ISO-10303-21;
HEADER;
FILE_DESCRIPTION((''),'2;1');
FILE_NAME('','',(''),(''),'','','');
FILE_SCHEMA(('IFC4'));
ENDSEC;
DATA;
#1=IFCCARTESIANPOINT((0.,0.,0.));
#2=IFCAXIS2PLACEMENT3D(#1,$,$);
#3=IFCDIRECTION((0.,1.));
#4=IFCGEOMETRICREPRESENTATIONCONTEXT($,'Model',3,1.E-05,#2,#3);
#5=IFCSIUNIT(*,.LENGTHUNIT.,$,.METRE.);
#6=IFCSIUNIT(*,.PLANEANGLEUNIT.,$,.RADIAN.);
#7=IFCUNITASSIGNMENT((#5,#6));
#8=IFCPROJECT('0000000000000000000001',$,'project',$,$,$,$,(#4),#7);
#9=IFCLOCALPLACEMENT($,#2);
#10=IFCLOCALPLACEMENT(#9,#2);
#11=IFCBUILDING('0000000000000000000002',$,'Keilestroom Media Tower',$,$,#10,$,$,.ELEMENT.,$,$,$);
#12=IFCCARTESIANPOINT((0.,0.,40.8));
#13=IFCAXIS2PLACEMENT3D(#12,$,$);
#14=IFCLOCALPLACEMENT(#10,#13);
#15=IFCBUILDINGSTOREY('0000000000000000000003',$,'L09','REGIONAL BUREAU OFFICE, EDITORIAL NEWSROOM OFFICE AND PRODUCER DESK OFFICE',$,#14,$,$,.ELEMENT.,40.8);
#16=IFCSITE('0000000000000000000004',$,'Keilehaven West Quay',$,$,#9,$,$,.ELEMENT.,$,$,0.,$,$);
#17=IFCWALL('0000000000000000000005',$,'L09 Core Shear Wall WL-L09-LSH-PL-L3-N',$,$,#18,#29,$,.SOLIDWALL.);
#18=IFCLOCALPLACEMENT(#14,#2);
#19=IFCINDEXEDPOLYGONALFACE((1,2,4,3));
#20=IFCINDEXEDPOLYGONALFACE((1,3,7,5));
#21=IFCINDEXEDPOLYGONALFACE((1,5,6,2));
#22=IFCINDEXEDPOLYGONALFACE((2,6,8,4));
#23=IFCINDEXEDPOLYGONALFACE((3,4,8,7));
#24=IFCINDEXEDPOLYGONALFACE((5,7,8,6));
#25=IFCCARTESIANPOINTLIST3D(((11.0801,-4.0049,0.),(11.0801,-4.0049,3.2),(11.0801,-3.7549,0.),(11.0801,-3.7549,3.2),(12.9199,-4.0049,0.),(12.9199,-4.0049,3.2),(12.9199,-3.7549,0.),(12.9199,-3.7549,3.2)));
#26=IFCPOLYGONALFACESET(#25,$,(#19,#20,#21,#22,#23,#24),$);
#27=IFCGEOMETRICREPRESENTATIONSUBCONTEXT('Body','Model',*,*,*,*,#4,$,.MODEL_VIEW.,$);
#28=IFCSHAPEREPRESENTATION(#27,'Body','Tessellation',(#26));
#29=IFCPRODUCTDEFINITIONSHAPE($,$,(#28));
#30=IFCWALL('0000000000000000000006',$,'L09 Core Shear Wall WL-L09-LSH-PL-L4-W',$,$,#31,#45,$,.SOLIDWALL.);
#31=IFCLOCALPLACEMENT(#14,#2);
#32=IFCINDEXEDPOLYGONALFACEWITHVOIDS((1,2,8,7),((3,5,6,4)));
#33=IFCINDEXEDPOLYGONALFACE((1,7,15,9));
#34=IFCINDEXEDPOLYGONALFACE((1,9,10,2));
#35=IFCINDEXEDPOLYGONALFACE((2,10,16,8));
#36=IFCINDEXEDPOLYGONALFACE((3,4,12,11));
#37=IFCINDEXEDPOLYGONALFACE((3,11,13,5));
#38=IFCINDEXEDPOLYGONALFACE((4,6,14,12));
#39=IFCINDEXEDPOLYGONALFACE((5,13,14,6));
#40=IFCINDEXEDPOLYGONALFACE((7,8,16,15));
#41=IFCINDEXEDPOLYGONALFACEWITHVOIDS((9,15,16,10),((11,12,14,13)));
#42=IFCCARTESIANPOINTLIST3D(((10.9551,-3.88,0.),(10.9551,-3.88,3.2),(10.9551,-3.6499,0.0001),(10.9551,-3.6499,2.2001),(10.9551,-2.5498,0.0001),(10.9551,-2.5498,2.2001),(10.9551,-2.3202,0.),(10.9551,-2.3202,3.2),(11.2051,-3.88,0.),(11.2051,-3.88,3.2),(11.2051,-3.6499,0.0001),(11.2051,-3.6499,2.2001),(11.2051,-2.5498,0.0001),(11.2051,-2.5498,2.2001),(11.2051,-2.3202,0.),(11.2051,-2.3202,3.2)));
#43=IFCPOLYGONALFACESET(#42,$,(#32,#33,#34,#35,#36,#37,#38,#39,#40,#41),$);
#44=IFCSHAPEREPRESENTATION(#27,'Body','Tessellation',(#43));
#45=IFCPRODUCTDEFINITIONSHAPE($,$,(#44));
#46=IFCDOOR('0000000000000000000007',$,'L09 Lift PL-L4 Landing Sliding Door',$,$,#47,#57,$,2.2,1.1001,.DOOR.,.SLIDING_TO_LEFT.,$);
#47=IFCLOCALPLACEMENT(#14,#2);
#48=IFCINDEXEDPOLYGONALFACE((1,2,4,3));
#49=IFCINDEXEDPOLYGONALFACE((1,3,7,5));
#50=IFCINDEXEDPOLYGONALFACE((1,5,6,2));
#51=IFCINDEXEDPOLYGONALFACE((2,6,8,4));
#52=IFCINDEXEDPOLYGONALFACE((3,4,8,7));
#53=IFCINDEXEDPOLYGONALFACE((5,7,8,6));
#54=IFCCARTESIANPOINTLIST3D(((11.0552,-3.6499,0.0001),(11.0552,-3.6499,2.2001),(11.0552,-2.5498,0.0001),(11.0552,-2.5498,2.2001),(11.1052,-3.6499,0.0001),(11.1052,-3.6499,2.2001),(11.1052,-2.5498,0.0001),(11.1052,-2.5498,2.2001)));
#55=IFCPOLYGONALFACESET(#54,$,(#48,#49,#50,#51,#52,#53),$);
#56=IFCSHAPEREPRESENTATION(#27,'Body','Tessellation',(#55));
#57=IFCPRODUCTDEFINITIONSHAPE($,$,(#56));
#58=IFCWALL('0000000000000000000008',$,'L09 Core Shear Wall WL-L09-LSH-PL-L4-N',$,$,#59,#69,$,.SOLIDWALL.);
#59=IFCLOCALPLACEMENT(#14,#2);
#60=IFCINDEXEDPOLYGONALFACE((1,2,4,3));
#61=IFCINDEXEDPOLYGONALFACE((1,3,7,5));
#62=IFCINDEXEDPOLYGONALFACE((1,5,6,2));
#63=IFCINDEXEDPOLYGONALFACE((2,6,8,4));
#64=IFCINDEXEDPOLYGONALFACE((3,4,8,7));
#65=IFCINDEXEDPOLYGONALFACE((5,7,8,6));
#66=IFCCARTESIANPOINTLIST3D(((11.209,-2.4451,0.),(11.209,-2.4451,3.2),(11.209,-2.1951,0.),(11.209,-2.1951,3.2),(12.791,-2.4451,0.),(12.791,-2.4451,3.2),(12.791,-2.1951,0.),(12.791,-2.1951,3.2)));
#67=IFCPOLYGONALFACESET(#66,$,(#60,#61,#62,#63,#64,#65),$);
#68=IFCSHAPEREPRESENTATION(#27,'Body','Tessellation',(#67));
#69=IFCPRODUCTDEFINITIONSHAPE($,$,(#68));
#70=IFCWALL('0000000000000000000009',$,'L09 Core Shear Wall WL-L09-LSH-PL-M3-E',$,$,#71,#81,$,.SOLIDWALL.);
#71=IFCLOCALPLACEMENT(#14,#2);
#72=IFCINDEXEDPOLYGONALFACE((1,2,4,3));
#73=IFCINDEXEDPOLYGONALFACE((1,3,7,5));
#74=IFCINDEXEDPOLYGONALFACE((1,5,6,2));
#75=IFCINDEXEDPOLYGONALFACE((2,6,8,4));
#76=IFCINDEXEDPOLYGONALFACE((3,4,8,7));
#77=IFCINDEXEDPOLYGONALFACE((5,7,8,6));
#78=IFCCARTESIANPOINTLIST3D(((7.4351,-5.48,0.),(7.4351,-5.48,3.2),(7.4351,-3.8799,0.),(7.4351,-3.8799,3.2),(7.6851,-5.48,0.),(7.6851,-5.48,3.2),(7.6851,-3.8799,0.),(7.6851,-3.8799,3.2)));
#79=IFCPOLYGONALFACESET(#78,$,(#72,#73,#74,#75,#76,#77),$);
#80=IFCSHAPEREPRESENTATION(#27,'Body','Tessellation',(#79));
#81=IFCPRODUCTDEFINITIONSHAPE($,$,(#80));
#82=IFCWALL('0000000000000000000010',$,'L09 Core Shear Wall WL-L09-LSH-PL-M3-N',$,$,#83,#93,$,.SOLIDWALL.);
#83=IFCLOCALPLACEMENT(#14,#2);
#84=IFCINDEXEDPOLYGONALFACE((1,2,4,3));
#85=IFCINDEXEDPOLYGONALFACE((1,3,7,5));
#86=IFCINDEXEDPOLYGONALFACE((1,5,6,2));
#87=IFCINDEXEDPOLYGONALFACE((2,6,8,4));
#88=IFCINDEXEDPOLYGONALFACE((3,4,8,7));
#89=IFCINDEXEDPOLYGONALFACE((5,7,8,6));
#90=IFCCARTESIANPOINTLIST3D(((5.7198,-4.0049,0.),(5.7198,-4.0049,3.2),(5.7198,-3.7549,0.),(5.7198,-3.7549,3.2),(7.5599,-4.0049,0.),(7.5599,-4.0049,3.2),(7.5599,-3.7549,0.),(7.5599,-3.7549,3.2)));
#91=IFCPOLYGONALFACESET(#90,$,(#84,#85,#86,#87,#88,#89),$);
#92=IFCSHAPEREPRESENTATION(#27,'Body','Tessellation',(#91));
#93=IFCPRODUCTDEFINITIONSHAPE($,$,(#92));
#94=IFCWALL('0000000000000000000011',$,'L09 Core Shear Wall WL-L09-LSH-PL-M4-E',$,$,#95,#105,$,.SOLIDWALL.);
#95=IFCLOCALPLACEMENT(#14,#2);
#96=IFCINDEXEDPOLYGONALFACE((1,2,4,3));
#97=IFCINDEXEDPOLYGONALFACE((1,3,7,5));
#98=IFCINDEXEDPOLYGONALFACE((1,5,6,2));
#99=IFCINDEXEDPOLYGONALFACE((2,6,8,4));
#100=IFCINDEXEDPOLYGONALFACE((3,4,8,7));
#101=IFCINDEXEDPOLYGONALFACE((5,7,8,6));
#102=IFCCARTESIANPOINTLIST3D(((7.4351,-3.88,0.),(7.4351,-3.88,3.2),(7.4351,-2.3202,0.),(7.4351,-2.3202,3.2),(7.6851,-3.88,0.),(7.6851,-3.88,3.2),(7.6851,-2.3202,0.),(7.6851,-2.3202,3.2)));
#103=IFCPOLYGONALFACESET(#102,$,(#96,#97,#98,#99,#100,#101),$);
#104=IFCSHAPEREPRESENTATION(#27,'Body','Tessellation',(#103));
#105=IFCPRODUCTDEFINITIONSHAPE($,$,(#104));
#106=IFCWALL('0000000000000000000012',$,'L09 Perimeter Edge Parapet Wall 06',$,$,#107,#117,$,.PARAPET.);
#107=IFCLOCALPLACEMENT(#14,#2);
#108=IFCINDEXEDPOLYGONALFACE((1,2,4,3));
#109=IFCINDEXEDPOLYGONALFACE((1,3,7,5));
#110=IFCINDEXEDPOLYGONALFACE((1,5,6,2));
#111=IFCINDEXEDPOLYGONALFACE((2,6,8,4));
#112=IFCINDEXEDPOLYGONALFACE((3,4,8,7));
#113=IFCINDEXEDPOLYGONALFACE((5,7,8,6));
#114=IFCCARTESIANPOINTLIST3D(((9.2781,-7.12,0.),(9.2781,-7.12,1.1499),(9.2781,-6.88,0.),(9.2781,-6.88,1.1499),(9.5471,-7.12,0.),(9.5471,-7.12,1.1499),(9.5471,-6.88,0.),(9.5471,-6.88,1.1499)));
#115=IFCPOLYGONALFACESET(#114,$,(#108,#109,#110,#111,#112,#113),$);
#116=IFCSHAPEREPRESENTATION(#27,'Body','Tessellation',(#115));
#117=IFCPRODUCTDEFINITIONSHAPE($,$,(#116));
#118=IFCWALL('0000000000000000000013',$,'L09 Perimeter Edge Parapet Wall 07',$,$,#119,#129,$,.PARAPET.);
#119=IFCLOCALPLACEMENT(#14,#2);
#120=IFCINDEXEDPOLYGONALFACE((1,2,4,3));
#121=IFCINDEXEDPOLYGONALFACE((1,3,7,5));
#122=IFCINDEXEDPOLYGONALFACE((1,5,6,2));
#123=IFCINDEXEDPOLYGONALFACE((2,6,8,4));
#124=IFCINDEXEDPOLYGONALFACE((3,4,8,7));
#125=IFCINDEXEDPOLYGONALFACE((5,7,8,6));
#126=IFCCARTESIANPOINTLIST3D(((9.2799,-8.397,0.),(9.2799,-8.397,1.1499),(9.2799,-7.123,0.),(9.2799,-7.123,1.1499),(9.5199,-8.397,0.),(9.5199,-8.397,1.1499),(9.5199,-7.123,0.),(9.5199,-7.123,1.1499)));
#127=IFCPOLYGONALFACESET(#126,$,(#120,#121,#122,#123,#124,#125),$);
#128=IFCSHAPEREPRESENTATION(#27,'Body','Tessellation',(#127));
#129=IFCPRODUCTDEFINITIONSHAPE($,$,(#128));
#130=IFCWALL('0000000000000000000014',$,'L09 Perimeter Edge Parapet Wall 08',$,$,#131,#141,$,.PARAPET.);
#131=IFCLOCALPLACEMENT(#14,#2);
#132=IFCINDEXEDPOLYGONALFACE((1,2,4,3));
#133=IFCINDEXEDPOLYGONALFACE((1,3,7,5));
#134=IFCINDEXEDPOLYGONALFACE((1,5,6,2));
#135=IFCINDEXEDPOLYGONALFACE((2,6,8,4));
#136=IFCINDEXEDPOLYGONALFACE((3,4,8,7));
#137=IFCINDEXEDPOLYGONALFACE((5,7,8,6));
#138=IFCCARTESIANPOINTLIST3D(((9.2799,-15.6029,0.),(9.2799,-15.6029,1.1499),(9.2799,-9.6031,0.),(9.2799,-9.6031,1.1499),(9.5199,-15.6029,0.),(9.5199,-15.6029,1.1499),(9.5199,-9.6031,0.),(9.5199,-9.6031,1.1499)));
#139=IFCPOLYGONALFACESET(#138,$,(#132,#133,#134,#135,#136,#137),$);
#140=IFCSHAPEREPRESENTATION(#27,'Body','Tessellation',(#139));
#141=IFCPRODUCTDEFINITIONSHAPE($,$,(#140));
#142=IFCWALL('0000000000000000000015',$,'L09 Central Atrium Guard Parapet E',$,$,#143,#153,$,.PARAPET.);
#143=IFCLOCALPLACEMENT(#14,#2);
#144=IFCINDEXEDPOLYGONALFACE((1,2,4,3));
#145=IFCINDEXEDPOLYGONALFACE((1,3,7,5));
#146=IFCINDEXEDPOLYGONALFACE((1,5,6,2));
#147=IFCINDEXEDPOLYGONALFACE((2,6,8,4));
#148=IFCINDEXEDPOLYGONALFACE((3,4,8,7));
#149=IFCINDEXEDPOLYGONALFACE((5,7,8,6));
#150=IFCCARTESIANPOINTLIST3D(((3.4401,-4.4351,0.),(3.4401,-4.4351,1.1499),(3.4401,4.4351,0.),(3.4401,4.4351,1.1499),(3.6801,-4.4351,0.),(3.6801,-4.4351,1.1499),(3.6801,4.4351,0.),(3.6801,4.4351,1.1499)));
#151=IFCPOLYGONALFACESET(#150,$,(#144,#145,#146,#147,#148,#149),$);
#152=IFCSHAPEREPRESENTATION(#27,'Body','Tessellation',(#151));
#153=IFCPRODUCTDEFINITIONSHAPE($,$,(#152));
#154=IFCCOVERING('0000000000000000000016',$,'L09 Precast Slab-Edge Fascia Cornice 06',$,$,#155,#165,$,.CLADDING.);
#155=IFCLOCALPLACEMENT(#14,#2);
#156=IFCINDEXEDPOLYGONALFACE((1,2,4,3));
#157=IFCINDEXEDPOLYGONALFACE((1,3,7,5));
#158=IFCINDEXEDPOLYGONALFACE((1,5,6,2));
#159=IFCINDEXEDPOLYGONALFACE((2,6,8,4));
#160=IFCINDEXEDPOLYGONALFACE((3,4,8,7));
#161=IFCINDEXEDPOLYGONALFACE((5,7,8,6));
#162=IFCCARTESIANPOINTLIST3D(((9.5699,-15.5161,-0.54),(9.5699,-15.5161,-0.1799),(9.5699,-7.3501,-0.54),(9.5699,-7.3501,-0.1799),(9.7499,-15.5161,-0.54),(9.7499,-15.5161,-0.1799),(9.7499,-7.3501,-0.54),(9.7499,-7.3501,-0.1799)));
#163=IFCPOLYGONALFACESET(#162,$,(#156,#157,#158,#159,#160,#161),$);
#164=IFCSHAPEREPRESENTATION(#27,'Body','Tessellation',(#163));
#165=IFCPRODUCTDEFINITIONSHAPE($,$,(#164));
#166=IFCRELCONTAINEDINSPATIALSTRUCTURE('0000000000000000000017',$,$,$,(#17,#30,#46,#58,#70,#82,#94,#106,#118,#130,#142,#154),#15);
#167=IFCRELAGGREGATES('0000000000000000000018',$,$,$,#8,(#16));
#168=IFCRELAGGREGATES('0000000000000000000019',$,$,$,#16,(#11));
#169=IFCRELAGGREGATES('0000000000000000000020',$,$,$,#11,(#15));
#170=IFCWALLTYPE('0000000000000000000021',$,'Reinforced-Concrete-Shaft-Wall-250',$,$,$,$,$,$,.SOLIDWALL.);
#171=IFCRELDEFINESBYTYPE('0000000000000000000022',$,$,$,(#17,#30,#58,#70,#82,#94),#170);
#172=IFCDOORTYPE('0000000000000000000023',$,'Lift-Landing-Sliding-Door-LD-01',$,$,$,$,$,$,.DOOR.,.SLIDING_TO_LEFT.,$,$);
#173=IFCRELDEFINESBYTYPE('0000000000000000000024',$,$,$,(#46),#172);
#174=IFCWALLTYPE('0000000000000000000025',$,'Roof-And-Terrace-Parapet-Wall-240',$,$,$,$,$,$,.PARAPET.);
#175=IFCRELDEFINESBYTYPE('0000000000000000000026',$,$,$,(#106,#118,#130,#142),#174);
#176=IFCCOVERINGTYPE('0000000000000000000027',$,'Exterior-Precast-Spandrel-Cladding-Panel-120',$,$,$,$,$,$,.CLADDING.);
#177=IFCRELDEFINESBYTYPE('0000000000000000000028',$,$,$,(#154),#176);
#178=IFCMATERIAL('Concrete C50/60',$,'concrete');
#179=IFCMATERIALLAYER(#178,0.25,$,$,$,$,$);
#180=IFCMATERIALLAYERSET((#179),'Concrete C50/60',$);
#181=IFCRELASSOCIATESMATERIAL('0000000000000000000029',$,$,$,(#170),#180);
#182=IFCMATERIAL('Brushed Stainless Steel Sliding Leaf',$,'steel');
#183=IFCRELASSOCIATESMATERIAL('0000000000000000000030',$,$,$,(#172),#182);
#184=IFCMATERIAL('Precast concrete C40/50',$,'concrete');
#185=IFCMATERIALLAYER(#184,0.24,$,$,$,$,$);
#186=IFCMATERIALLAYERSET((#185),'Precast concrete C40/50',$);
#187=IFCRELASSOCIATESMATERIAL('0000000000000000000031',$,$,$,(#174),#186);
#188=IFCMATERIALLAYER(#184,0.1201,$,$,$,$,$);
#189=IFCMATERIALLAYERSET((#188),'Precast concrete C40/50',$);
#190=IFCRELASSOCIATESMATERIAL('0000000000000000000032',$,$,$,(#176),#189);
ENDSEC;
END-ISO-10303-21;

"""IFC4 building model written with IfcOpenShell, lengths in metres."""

from ifc_helpers import new_model, si_unit, direction, frame, frame_2d, origin, origin_2d, place, context, subcontext, project, spatial, rectangle, extrude, source, transform, mapped, material, layer, layer_set, type_object, element, fill, save


model = new_model("IFC4")

# Units and contexts
model_context = context("Model", 3, precision=1e-05, world=origin(), true_north=direction((0.0, 1.0)))
body_context = subcontext(model_context, "Body", "Model", "MODEL_VIEW")
ifc_project = project(units=[si_unit("LENGTHUNIT", "METRE"), si_unit("PLANEANGLEUNIT", "RADIAN")], contexts=[model_context])

# Site, building, storey
site_placement = place(None, origin())
site = spatial("IfcSite", under=ifc_project, at=site_placement, Name="Keilehaven West Quay", CompositionType="ELEMENT", RefElevation=0.0)
building_placement = place(site_placement, origin())
building = spatial("IfcBuilding", under=site, at=building_placement, Name="Keilestroom Media Tower", CompositionType="ELEMENT")
storey_placement = place(building_placement, frame((0.0, 0.0, 40.8)))
storey = spatial("IfcBuildingStorey", under=building, at=storey_placement, Name="L09", Description="REGIONAL BUREAU OFFICE, EDITORIAL NEWSROOM OFFICE AND PRODUCER DESK OFFICE", CompositionType="ELEMENT", Elevation=40.8)

# Shared definitions
ifc_material_1 = material(Name="Concrete C50/60", Category="concrete")
ifc_layer_1 = layer(ifc_material_1, 0.25)
ifc_layer_set_1 = layer_set([ifc_layer_1], Name="Concrete C50/60")
wall_type_1 = type_object("IfcWallType", Name="Reinforced-Concrete-Shaft-Wall-250", PredefinedType="SOLIDWALL", material=ifc_layer_set_1)

# Shared definitions
ifc_material_2 = material(Name="Brushed Stainless Steel Sliding Leaf", Category="steel")

# Shared definitions
door_type_1 = type_object("IfcDoorType", Name="Lift-Landing-Sliding-Door-LD-01", OperationType="SLIDING_TO_LEFT", PredefinedType="DOOR", material=ifc_material_2)
shared_shape_1 = source(origin(), body_context, "Body", "SweptSolid", [
    extrude(rectangle(XDim=1.1001, YDim=2.2, at=frame_2d((0.55, 1.1001))), frame((0.0, 0.0249, 0.0), z_axis=(0.0, -1.0, 0.0), x_axis=(1.0, 0.0, 0.0)), (0.0, 0.0, 1.0), 0.05),
])

# Wall
wall_1_placement = place(storey_placement, frame((11.0801, -3.8799, 0.0), z_axis=(0.0, 0.0, 1.0), x_axis=(1.0, 0.0, 0.0)))
element("IfcWall", 1, at=wall_1_placement, inside=storey, type_object=wall_type_1, Name="L09 Core Shear Wall WL-L09-LSH-PL-L3-N", PredefinedType="SOLIDWALL", context=body_context, shape_type="SweptSolid", body=[
    extrude(rectangle(XDim=1.8398, YDim=0.25, at=frame_2d((0.9199, 0.0))), origin(), (0.0, 0.0, 1.0), 3.2),
])

# Wall, opening, door
wall_2_placement = place(storey_placement, frame((11.0801, -3.8799, 0.0), z_axis=(0.0, 0.0, 1.0), x_axis=(0.0, 1.0, 0.0)))
wall_2 = element("IfcWall", 2, at=wall_2_placement, inside=storey, type_object=wall_type_1, Name="L09 Core Shear Wall WL-L09-LSH-PL-L4-W", PredefinedType="SOLIDWALL", context=body_context, shape_type="SweptSolid", body=[
    extrude(rectangle(XDim=1.5598, YDim=0.25, at=frame_2d((0.7798, 0.0))), origin(), (0.0, 0.0, 1.0), 3.2),
])
opening_1_placement = place(wall_2_placement, frame((0.23, 0.0, 0.0)))
opening_1 = element("IfcOpeningElement", 3, at=opening_1_placement, cuts=wall_2, PredefinedType="OPENING", context=body_context, shape_type="SweptSolid", body=[
    extrude(rectangle(XDim=1.1001, YDim=2.2, at=frame_2d((0.55, 1.1001))), frame((0.0, 0.135, 0.0), z_axis=(0.0, -1.0, 0.0), x_axis=(1.0, 0.0, 0.0)), (0.0, 0.0, 1.0), 0.27),
])
door_1_placement = place(opening_1_placement, origin())
door_1 = element("IfcDoor", 4, at=door_1_placement, inside=storey, type_object=door_type_1, Name="L09 Lift PL-L4 Landing Sliding Door", OperationType="SLIDING_TO_LEFT", OverallHeight=2.2, OverallWidth=1.1001, PredefinedType="DOOR", context=body_context, shape_type="MappedRepresentation", body=[
    mapped(shared_shape_1, transform((0.0, 0.0, 0.0), x_axis=(1.0, 0.0, 0.0), y_axis=(0.0, 1.0, 0.0), z_axis=(0.0, 0.0, 1.0), scale=1.0)),
])
fill(opening_1, door_1)

# Walls
wall_3_placement = place(storey_placement, frame((11.209, -2.3201, 0.0), z_axis=(0.0, 0.0, 1.0), x_axis=(1.0, 0.0, 0.0)))
element("IfcWall", 5, at=wall_3_placement, inside=storey, type_object=wall_type_1, Name="L09 Core Shear Wall WL-L09-LSH-PL-L4-N", PredefinedType="SOLIDWALL", context=body_context, shape_type="SweptSolid", body=[
    extrude(rectangle(XDim=1.582, YDim=0.25, at=frame_2d((0.791, 0.0))), origin(), (0.0, 0.0, 1.0), 3.2),
])
wall_4_placement = place(storey_placement, frame((7.5601, -5.48, 0.0), z_axis=(0.0, 0.0, 1.0), x_axis=(0.0, 1.0, 0.0)))
element("IfcWall", 6, at=wall_4_placement, inside=storey, type_object=wall_type_1, Name="L09 Core Shear Wall WL-L09-LSH-PL-M3-E", PredefinedType="SOLIDWALL", context=body_context, shape_type="SweptSolid", body=[
    extrude(rectangle(XDim=1.6001, YDim=0.25, at=frame_2d((0.8, 0.0))), origin(), (0.0, 0.0, 1.0), 3.2),
])
wall_5_placement = place(storey_placement, frame((5.72, -3.8799, 0.0), z_axis=(0.0, 0.0, 1.0), x_axis=(1.0, 0.0, 0.0)))
element("IfcWall", 7, at=wall_5_placement, inside=storey, type_object=wall_type_1, Name="L09 Core Shear Wall WL-L09-LSH-PL-M3-N", PredefinedType="SOLIDWALL", context=body_context, shape_type="SweptSolid", body=[
    extrude(rectangle(XDim=1.8401, YDim=0.25, at=frame_2d((0.9199, 0.0))), origin(), (0.0, 0.0, 1.0), 3.2),
])
wall_6_placement = place(storey_placement, frame((7.5601, -3.8799, 0.0), z_axis=(0.0, 0.0, 1.0), x_axis=(0.0, 1.0, 0.0)))
element("IfcWall", 8, at=wall_6_placement, inside=storey, type_object=wall_type_1, Name="L09 Core Shear Wall WL-L09-LSH-PL-M4-E", PredefinedType="SOLIDWALL", context=body_context, shape_type="SweptSolid", body=[
    extrude(rectangle(XDim=1.5598, YDim=0.25, at=frame_2d((0.7798, 0.0))), origin(), (0.0, 0.0, 1.0), 3.2),
])
ifc_material_3 = material(Name="Precast concrete C40/50", Category="concrete")
ifc_layer_2 = layer(ifc_material_3, 0.24)
ifc_layer_set_2 = layer_set([ifc_layer_2], Name="Precast concrete C40/50")
wall_type_2 = type_object("IfcWallType", Name="Roof-And-Terrace-Parapet-Wall-240", PredefinedType="PARAPET", material=ifc_layer_set_2)
wall_7_placement = place(storey_placement, frame((9.5471, -7.0, 0.0), z_axis=(0.0, 0.0, 1.0), x_axis=(-1.0, 0.0, 0.0)))
element("IfcWall", 9, at=wall_7_placement, inside=storey, type_object=wall_type_2, Name="L09 Perimeter Edge Parapet Wall 06", PredefinedType="PARAPET", context=body_context, shape_type="SweptSolid", body=[
    extrude(rectangle(XDim=0.269, YDim=0.24, at=frame_2d((0.1345, 0.0))), origin(), (0.0, 0.0, 1.0), 1.1499),
])
wall_8_placement = place(storey_placement, frame((9.3999, -7.123, 0.0), z_axis=(0.0, 0.0, 1.0), x_axis=(0.0, -1.0, 0.0)))
element("IfcWall", 10, at=wall_8_placement, inside=storey, type_object=wall_type_2, Name="L09 Perimeter Edge Parapet Wall 07", PredefinedType="PARAPET", context=body_context, shape_type="SweptSolid", body=[
    extrude(rectangle(XDim=1.2739, YDim=0.24, at=frame_2d((0.637, 0.0))), origin(), (0.0, 0.0, 1.0), 1.1499),
])
wall_9_placement = place(storey_placement, frame((9.3999, -9.603, 0.0), z_axis=(0.0, 0.0, 1.0), x_axis=(0.0, -1.0, 0.0)))
element("IfcWall", 11, at=wall_9_placement, inside=storey, type_object=wall_type_2, Name="L09 Perimeter Edge Parapet Wall 08", PredefinedType="PARAPET", context=body_context, shape_type="SweptSolid", body=[
    extrude(rectangle(XDim=5.9998, YDim=0.24, at=frame_2d((3.0, 0.0))), origin(), (0.0, 0.0, 1.0), 1.1499),
])
wall_10_placement = place(storey_placement, frame((3.5601, -4.4351, 0.0), z_axis=(0.0, 0.0, 1.0), x_axis=(0.0, 1.0, 0.0)))
element("IfcWall", 12, at=wall_10_placement, inside=storey, type_object=wall_type_2, Name="L09 Central Atrium Guard Parapet E", PredefinedType="PARAPET", context=body_context, shape_type="SweptSolid", body=[
    extrude(rectangle(XDim=8.8701, YDim=0.24, at=frame_2d((4.4351, 0.0))), origin(), (0.0, 0.0, 1.0), 1.1499),
])

# Covering
ifc_layer_3 = layer(ifc_material_3, 0.1201)
ifc_layer_set_3 = layer_set([ifc_layer_3], Name="Precast concrete C40/50")
covering_type = type_object("IfcCoveringType", Name="Exterior-Precast-Spandrel-Cladding-Panel-120", PredefinedType="CLADDING", material=ifc_layer_set_3)
shared_shape_2 = source(origin(), body_context, "Body", "SweptSolid", [
    extrude(rectangle(XDim=8.166, YDim=0.1799, at=origin_2d()), origin(), (0.0, 0.0, 1.0), 0.3601),
])
covering_placement = place(storey_placement, frame((9.6599, -11.4331, -0.54), z_axis=(0.0, 0.0, 1.0), x_axis=(0.0, -1.0, 0.0)))
element("IfcCovering", 13, at=covering_placement, inside=storey, type_object=covering_type, Name="L09 Precast Slab-Edge Fascia Cornice 06", PredefinedType="CLADDING", context=body_context, shape_type="MappedRepresentation", body=[
    mapped(shared_shape_2, transform((0.0, 0.0, 0.0), x_axis=(1.0, 0.0, 0.0), y_axis=(0.0, 1.0, 0.0), z_axis=(0.0, 0.0, 1.0), scale=1.0)),
])

save(model, "model.ifc")
